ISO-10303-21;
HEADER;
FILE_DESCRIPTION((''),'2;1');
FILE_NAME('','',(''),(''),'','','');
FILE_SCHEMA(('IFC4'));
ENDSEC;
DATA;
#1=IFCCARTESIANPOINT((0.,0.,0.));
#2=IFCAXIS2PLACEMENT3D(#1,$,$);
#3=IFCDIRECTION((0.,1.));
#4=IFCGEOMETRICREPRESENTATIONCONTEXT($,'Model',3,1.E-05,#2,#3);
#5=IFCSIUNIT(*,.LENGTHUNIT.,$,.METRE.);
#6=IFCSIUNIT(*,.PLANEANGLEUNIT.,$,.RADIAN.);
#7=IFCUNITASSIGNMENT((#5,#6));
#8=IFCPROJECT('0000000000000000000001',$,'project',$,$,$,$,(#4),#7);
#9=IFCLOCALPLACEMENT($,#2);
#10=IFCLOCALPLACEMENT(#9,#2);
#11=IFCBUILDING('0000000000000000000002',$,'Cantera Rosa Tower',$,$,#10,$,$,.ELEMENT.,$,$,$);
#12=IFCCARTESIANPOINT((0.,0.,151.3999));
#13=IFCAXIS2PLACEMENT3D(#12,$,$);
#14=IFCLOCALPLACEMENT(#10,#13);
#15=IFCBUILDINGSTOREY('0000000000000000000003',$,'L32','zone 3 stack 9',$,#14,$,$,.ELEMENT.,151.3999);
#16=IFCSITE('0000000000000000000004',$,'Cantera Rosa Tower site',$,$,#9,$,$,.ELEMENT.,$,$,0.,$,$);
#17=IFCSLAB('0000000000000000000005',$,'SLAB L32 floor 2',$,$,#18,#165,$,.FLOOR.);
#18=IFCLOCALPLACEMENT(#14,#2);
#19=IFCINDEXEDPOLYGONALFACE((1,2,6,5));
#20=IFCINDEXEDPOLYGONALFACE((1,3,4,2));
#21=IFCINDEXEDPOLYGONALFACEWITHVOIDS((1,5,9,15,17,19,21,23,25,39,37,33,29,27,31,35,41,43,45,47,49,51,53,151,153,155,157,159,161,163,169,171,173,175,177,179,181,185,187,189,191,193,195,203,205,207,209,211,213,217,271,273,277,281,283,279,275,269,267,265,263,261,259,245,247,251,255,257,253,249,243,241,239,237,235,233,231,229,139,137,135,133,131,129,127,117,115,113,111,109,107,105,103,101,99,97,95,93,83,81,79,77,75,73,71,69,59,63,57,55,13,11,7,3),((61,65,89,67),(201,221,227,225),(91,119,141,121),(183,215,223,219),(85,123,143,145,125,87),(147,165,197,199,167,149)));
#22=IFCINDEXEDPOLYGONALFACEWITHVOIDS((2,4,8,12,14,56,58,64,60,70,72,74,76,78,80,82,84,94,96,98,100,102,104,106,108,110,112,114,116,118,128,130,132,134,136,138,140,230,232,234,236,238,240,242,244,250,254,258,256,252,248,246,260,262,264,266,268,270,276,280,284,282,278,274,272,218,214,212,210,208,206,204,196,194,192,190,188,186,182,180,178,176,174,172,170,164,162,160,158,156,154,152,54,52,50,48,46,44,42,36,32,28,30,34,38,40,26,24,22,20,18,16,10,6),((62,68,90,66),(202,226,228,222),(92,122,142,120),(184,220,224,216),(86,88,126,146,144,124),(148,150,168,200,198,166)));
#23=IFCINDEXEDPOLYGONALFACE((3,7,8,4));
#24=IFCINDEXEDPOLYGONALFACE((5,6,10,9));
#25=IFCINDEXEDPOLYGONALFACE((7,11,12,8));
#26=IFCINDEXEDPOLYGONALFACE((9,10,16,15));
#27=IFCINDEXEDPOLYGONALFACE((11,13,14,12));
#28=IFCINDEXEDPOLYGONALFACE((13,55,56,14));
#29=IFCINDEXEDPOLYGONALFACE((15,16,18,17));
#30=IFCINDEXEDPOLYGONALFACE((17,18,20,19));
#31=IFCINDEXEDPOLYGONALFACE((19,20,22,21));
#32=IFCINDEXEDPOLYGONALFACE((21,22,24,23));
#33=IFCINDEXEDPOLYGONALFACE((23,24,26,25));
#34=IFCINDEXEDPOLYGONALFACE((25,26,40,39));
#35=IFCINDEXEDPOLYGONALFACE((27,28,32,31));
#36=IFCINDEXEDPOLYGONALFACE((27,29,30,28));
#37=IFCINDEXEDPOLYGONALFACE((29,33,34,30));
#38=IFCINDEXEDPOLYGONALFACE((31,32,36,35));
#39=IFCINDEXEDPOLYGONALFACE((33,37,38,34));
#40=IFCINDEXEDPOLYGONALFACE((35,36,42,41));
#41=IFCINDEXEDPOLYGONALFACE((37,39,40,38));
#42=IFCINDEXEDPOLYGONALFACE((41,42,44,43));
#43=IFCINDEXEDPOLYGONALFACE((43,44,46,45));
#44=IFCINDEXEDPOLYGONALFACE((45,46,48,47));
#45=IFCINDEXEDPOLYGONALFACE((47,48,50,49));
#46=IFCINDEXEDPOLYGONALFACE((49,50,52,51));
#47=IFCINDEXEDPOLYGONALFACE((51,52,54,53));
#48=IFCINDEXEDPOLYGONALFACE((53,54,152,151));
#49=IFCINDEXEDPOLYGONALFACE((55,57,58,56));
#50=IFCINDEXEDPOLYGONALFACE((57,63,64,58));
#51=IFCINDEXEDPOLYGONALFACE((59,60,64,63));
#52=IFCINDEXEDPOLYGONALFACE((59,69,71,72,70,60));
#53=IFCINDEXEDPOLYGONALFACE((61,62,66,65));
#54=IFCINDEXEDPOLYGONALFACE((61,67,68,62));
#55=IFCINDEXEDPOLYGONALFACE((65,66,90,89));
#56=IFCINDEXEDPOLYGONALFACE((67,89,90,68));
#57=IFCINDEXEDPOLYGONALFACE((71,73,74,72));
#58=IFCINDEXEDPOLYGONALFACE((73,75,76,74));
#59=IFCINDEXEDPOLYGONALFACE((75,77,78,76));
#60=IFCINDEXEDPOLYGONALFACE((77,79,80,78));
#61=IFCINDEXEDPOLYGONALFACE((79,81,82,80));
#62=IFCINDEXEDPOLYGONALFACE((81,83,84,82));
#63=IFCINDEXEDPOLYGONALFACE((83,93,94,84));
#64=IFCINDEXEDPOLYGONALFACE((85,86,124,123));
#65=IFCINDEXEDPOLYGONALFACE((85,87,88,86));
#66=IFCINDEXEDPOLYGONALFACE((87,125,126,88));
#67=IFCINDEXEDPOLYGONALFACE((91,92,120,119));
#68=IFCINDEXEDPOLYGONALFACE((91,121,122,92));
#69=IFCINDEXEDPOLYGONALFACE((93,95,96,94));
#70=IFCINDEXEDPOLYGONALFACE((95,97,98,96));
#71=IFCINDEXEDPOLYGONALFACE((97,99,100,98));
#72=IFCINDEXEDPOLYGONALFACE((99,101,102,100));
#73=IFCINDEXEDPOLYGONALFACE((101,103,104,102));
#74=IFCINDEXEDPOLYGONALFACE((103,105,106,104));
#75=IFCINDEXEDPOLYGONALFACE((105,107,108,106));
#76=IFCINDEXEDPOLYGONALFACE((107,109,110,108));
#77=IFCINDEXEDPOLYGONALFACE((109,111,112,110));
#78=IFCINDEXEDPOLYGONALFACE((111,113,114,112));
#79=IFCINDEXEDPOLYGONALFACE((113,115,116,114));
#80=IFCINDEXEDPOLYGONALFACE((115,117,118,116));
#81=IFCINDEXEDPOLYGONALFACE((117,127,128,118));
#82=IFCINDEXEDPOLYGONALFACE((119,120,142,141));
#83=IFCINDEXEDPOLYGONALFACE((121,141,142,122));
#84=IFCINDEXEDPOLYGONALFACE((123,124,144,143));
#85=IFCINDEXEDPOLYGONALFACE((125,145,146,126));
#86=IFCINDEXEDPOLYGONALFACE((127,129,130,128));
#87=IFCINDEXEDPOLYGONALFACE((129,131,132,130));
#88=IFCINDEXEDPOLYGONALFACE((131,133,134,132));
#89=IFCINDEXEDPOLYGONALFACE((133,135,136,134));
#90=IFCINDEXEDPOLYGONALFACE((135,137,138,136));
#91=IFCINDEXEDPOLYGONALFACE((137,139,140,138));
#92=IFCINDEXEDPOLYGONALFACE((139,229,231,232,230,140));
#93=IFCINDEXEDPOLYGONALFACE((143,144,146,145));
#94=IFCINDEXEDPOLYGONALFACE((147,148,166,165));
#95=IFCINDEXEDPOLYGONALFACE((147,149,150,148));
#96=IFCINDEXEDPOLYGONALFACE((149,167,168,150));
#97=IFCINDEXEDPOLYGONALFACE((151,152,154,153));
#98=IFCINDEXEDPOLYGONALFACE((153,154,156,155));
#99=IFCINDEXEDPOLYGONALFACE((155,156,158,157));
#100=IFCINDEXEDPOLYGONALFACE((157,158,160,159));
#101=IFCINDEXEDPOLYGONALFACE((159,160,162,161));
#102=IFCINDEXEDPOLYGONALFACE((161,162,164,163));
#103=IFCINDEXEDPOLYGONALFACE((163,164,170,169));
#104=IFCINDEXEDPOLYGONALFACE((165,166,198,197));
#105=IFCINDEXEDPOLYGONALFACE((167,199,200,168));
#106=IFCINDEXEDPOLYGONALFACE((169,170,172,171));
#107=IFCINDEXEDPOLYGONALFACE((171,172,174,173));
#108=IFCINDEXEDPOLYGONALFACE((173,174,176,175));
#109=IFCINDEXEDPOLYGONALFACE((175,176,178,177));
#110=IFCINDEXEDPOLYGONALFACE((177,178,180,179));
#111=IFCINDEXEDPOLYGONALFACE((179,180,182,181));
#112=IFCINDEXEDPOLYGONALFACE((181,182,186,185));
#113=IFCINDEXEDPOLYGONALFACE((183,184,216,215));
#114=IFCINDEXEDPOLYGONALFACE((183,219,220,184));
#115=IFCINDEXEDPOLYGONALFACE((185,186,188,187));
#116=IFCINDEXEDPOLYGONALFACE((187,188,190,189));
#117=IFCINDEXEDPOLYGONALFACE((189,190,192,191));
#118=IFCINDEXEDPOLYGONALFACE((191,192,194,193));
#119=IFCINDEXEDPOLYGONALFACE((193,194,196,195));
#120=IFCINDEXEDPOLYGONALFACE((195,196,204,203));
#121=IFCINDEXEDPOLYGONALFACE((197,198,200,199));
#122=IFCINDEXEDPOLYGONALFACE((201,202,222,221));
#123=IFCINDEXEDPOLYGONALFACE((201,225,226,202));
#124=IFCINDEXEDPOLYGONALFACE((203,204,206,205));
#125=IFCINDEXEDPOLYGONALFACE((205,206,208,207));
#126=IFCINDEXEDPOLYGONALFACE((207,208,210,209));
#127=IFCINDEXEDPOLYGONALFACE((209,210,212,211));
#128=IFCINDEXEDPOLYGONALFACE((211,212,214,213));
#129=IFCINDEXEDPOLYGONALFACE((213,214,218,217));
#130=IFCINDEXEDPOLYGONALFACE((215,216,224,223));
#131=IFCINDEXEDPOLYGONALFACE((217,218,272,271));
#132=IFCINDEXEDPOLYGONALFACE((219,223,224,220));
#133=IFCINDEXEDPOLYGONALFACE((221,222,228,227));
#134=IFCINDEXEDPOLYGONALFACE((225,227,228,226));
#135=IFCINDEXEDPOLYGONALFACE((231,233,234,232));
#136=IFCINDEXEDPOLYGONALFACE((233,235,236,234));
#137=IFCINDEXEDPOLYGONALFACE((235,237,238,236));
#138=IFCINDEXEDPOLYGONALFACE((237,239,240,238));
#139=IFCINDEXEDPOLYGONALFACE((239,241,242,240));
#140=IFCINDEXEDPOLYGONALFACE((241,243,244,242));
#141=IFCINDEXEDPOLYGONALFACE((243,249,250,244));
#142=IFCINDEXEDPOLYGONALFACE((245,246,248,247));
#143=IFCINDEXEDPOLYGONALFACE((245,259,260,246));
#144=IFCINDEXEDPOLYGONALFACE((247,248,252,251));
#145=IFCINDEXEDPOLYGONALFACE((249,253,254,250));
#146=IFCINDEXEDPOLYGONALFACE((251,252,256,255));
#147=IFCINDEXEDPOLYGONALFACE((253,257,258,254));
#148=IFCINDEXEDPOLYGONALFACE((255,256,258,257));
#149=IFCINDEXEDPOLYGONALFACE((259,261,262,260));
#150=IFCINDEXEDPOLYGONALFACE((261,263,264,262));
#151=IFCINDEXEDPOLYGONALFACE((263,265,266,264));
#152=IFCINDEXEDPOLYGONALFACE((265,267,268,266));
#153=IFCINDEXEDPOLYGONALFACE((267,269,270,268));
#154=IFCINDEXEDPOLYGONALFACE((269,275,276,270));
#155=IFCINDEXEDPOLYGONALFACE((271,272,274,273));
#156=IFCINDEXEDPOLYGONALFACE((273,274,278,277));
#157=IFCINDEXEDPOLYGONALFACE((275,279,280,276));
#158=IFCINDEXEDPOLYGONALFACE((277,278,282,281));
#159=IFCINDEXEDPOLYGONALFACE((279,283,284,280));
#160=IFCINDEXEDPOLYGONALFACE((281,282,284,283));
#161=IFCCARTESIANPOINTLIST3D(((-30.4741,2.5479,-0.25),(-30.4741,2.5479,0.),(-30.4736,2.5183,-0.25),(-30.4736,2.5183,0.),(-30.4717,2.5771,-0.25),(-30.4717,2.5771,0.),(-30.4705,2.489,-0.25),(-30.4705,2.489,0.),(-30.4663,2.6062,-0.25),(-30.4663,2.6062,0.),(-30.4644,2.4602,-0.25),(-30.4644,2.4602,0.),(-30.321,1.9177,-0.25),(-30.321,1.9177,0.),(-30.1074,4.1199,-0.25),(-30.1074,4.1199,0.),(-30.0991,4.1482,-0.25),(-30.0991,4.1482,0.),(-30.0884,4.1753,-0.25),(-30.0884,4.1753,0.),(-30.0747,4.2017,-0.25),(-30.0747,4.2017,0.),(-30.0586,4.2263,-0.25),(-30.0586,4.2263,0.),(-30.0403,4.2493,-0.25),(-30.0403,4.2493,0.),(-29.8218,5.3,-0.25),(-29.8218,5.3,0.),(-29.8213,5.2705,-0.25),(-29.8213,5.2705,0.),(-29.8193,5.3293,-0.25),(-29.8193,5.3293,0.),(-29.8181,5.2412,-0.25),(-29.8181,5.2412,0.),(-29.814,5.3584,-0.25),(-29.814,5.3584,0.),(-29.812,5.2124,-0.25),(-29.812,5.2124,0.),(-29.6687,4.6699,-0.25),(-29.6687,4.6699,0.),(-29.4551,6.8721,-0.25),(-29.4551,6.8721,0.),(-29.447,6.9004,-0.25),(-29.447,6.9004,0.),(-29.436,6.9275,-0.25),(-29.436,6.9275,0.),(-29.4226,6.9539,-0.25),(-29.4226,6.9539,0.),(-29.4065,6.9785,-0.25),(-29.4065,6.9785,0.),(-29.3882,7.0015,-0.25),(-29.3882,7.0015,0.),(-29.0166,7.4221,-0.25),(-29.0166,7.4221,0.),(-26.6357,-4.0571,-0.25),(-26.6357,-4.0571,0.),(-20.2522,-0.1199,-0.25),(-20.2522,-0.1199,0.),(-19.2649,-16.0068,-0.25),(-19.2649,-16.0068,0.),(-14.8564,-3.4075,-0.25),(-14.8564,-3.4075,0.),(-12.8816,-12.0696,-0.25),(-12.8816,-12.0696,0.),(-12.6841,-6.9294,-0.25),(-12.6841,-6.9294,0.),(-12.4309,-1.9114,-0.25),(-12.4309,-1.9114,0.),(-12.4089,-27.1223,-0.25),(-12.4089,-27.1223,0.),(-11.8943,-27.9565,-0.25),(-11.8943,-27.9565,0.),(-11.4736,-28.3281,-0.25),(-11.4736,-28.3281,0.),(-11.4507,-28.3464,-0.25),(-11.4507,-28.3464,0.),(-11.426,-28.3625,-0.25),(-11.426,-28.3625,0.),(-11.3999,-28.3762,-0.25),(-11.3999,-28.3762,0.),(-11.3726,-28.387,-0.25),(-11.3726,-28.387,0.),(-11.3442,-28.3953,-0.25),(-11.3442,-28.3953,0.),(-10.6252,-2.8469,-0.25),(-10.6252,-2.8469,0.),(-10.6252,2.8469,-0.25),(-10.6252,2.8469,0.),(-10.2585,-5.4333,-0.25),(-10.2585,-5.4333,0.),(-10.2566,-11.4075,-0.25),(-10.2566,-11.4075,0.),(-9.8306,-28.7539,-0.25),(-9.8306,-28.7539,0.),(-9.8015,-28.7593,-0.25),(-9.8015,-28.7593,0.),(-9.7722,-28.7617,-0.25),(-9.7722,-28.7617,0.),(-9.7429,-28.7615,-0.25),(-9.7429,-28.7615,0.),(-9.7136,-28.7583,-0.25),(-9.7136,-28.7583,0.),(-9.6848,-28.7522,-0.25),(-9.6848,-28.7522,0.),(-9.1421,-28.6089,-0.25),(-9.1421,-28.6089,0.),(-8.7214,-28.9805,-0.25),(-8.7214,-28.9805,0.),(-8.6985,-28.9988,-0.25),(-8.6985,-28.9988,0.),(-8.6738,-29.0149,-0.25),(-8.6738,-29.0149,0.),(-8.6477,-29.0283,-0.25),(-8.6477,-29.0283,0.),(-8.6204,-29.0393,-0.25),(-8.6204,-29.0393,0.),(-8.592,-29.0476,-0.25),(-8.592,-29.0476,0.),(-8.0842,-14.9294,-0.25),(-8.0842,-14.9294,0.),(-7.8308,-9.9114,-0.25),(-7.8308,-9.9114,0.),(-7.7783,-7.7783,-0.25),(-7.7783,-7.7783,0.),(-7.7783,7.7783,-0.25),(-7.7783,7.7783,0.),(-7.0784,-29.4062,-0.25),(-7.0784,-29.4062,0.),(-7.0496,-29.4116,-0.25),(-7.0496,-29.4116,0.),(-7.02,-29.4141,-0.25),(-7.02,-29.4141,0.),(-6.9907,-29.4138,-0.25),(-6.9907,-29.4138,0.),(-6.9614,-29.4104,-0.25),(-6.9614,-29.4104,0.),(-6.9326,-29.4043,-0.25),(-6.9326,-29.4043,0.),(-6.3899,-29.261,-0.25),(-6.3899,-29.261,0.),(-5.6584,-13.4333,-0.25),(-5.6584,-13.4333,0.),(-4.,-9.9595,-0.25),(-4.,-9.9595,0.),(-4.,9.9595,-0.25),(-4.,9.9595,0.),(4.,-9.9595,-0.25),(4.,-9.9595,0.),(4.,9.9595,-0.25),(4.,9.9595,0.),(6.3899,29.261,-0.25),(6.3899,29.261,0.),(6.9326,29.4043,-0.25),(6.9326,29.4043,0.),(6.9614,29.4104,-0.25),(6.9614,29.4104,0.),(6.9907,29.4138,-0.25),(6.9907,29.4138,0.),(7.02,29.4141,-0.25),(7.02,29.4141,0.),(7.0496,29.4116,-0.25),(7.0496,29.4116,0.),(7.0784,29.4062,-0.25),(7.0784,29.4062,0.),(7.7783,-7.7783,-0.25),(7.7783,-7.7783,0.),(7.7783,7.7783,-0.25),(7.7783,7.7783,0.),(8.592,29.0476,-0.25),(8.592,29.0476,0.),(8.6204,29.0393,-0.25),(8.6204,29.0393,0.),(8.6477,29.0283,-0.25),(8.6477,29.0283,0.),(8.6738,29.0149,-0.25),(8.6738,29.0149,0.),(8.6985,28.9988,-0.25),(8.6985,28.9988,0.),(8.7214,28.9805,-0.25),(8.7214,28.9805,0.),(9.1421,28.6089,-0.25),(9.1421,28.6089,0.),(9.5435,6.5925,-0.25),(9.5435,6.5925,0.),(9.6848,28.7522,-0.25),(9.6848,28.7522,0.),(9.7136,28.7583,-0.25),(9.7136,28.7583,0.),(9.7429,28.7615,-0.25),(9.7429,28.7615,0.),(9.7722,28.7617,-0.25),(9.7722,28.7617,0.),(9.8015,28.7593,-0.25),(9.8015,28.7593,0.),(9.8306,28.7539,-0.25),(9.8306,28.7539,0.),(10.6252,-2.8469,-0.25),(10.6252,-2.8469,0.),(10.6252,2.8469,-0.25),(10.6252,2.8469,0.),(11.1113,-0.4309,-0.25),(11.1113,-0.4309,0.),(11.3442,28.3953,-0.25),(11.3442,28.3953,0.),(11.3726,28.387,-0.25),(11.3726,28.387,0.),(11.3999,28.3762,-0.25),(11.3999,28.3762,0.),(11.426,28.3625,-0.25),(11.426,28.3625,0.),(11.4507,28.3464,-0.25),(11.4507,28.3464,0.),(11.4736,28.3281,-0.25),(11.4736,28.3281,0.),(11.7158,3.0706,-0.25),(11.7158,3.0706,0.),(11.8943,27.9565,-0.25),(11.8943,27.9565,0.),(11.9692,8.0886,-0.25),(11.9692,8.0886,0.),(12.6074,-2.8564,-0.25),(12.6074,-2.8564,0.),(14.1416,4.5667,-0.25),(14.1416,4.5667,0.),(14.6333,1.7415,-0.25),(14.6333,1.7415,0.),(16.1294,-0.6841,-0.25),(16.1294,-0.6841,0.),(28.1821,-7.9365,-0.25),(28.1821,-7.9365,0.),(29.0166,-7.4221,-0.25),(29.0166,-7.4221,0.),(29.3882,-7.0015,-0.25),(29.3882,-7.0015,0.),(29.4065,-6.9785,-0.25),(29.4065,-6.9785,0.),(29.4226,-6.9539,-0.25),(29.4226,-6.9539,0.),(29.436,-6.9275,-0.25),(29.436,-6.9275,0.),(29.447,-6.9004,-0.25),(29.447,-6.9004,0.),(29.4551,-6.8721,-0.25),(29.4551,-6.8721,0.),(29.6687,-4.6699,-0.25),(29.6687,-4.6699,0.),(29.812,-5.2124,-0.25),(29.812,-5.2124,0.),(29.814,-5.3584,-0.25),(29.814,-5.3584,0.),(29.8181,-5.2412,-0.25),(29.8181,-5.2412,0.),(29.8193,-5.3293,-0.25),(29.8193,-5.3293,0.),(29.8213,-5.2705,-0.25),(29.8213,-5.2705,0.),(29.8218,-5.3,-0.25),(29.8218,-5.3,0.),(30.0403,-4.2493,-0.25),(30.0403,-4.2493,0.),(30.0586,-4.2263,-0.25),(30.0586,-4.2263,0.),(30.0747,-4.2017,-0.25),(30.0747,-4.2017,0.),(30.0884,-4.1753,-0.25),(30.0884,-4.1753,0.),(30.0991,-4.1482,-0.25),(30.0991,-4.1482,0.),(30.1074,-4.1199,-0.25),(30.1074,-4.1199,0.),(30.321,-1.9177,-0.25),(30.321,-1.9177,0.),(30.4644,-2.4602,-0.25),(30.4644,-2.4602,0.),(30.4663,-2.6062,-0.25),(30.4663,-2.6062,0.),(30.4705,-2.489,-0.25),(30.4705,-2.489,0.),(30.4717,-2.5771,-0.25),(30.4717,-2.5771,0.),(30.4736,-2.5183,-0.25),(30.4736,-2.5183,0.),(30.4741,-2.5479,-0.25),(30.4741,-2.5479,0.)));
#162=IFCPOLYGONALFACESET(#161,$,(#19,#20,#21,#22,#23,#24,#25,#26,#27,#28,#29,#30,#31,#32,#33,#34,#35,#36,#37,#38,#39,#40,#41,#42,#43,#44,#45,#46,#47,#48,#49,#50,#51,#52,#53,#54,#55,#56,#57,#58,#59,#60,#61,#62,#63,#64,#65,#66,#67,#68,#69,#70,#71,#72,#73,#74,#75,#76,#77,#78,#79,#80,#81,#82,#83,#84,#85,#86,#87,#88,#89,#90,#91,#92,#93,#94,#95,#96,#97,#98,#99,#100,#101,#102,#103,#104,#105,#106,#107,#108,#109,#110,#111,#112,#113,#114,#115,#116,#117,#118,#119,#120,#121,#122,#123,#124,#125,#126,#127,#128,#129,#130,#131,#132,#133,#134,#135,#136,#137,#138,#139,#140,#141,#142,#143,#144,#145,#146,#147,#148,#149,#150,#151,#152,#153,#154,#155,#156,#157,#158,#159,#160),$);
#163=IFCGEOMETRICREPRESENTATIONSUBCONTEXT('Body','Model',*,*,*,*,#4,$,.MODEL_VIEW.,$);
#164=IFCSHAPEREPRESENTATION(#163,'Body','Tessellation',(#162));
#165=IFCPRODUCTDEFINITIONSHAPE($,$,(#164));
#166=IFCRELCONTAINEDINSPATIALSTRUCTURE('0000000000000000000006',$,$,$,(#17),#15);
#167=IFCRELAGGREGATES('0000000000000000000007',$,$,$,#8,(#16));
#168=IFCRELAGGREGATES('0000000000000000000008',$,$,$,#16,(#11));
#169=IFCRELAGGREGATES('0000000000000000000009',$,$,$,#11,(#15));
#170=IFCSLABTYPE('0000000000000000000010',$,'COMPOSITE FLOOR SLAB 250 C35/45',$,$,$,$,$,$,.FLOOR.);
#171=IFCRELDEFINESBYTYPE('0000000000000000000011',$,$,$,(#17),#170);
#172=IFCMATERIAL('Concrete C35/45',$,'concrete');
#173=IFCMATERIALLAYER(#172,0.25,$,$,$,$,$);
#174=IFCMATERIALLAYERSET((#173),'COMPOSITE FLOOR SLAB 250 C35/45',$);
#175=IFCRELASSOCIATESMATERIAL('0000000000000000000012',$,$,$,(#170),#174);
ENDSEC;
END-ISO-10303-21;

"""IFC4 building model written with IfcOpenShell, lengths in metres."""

from ifc_helpers import new_model, si_unit, direction, frame, origin, place, context, subcontext, project, spatial, polyline, outline, extrude, material, layer, layer_set, type_object, element, save


model = new_model("IFC4")

# Units and contexts
model_context = context("Model", 3, precision=1e-05, world=origin(), true_north=direction((0.0, 1.0)))
body_context = subcontext(model_context, "Body", "Model", "MODEL_VIEW")
ifc_project = project(units=[si_unit("LENGTHUNIT", "METRE"), si_unit("PLANEANGLEUNIT", "RADIAN")], contexts=[model_context])

# Site, building, storey
site_placement = place(None, origin())
site = spatial("IfcSite", under=ifc_project, at=site_placement, Name="Cantera Rosa Tower site", CompositionType="ELEMENT", RefElevation=0.0)
building_placement = place(site_placement, origin())
building = spatial("IfcBuilding", under=site, at=building_placement, Name="Cantera Rosa Tower", CompositionType="ELEMENT")
storey_placement = place(building_placement, frame((0.0, 0.0, 151.3999)))
storey = spatial("IfcBuildingStorey", under=building, at=storey_placement, Name="L32", Description="zone 3 stack 9", CompositionType="ELEMENT", Elevation=151.3999)

# Slab
ifc_material_1 = material(Name="Concrete C35/45", Category="concrete")
ifc_layer_1 = layer(ifc_material_1, 0.25)
ifc_layer_set_1 = layer_set([ifc_layer_1], Name="COMPOSITE FLOOR SLAB 250 C35/45")
slab_type_1 = type_object("IfcSlabType", Name="COMPOSITE FLOOR SLAB 250 C35/45", PredefinedType="FLOOR", material=ifc_layer_set_1)
slab_1_placement = place(storey_placement, frame((0.0, 0.0, -0.25)))
element("IfcSlab", 1, at=slab_1_placement, inside=storey, type_object=slab_type_1, Name="SLAB L32 floor 2", PredefinedType="FLOOR", context=body_context, shape_type="SweptSolid", body=[
    extrude(outline(polyline([(-8.6477, -29.0283), (-8.6738, -29.0149), (-8.6985, -28.9988), (-8.7214, -28.9805), (-9.1421, -28.6089), (-9.6848, -28.7522), (-9.7136, -28.7583), (-9.7429, -28.7615), (-9.7722, -28.7617), (-9.8015, -28.7593), (-9.8306, -28.7539), (-11.3442, -28.3953), (-11.3726, -28.387), (-11.3999, -28.3762), (-11.426, -28.3625), (-11.4507, -28.3464), (-11.4736, -28.3281), (-11.8943, -27.9565), (-12.4089, -27.1223), (-19.2649, -16.0068), (-12.8816, -12.0696), (-20.2522, -0.1199), (-26.6357, -4.0571), (-30.321, 1.9177), (-30.4644, 2.4602), (-30.4705, 2.489), (-30.4736, 2.5183), (-30.4741, 2.5479), (-30.4717, 2.5771), (-30.4663, 2.6062), (-30.1074, 4.1199), (-30.0991, 4.1482), (-30.0884, 4.1753), (-30.0747, 4.2017), (-30.0586, 4.2263), (-30.0403, 4.2493), (-29.6687, 4.6699), (-29.812, 5.2124), (-29.8181, 5.2412), (-29.8213, 5.2705), (-29.8218, 5.3), (-29.8193, 5.3293), (-29.814, 5.3584), (-29.4551, 6.8721), (-29.447, 6.9004), (-29.436, 6.9275), (-29.4226, 6.9539), (-29.4065, 6.9785), (-29.3882, 7.0015), (-29.0166, 7.4221), (6.3899, 29.261), (6.9326, 29.4043), (6.9614, 29.4104), (6.9907, 29.4138), (7.02, 29.4141), (7.0496, 29.4116), (7.0784, 29.4062), (8.592, 29.0476), (8.6204, 29.0393), (8.6477, 29.0283), (8.6738, 29.0149), (8.6985, 28.9988), (8.7214, 28.9805), (9.1421, 28.6089), (9.6848, 28.7522), (9.7136, 28.7583), (9.7429, 28.7615), (9.7722, 28.7617), (9.8015, 28.7593), (9.8306, 28.7539), (11.3442, 28.3953), (11.3726, 28.387), (11.3999, 28.3762), (11.426, 28.3625), (11.4507, 28.3464), (11.4736, 28.3281), (11.8943, 27.9565), (30.321, -1.9177), (30.4644, -2.4602), (30.4705, -2.489), (30.4736, -2.5183), (30.4741, -2.5479), (30.4717, -2.5771), (30.4663, -2.6062), (30.1074, -4.1199), (30.0991, -4.1482), (30.0884, -4.1753), (30.0747, -4.2017), (30.0586, -4.2263), (30.0403, -4.2493), (29.6687, -4.6699), (29.812, -5.2124), (29.8181, -5.2412), (29.8213, -5.2705), (29.8218, -5.3), (29.8193, -5.3293), (29.814, -5.3584), (29.4551, -6.8721), (29.447, -6.9004), (29.436, -6.9275), (29.4226, -6.9539), (29.4065, -6.9785), (29.3882, -7.0015), (29.0166, -7.4221), (28.1821, -7.9365), (-6.3899, -29.261), (-6.9326, -29.4043), (-6.9614, -29.4104), (-6.9907, -29.4138), (-7.02, -29.4141), (-7.0496, -29.4116), (-7.0784, -29.4062), (-8.592, -29.0476), (-8.6204, -29.0393), (-8.6477, -29.0283)]), holes=[polyline([(-5.6584, -13.4333), (-7.8308, -9.9114), (-10.2566, -11.4075), (-8.0842, -14.9294), (-5.6584, -13.4333)]), polyline([(-10.2585, -5.4333), (-12.4309, -1.9114), (-14.8564, -3.4075), (-12.6841, -6.9294), (-10.2585, -5.4333)]), polyline([(-7.7783, 7.7783), (-10.6252, 2.8469), (-10.6252, -2.8469), (-7.7783, -7.7783), (-4.0, -9.9595), (-4.0, 9.9595), (-7.7783, 7.7783)]), polyline([(14.6333, 1.7415), (11.1113, -0.4309), (12.6074, -2.8564), (16.1294, -0.6841), (14.6333, 1.7415)]), polyline([(7.7783, -7.7783), (10.6252, -2.8469), (10.6252, 2.8469), (7.7783, 7.7783), (4.0, 9.9595), (4.0, -9.9595), (7.7783, -7.7783)]), polyline([(11.7158, 3.0706), (14.1416, 4.5667), (11.9692, 8.0886), (9.5435, 6.5925), (11.7158, 3.0706)])]), origin(), (0.0, 0.0, 1.0), 0.25),
])

save(model, "model.ifc")
